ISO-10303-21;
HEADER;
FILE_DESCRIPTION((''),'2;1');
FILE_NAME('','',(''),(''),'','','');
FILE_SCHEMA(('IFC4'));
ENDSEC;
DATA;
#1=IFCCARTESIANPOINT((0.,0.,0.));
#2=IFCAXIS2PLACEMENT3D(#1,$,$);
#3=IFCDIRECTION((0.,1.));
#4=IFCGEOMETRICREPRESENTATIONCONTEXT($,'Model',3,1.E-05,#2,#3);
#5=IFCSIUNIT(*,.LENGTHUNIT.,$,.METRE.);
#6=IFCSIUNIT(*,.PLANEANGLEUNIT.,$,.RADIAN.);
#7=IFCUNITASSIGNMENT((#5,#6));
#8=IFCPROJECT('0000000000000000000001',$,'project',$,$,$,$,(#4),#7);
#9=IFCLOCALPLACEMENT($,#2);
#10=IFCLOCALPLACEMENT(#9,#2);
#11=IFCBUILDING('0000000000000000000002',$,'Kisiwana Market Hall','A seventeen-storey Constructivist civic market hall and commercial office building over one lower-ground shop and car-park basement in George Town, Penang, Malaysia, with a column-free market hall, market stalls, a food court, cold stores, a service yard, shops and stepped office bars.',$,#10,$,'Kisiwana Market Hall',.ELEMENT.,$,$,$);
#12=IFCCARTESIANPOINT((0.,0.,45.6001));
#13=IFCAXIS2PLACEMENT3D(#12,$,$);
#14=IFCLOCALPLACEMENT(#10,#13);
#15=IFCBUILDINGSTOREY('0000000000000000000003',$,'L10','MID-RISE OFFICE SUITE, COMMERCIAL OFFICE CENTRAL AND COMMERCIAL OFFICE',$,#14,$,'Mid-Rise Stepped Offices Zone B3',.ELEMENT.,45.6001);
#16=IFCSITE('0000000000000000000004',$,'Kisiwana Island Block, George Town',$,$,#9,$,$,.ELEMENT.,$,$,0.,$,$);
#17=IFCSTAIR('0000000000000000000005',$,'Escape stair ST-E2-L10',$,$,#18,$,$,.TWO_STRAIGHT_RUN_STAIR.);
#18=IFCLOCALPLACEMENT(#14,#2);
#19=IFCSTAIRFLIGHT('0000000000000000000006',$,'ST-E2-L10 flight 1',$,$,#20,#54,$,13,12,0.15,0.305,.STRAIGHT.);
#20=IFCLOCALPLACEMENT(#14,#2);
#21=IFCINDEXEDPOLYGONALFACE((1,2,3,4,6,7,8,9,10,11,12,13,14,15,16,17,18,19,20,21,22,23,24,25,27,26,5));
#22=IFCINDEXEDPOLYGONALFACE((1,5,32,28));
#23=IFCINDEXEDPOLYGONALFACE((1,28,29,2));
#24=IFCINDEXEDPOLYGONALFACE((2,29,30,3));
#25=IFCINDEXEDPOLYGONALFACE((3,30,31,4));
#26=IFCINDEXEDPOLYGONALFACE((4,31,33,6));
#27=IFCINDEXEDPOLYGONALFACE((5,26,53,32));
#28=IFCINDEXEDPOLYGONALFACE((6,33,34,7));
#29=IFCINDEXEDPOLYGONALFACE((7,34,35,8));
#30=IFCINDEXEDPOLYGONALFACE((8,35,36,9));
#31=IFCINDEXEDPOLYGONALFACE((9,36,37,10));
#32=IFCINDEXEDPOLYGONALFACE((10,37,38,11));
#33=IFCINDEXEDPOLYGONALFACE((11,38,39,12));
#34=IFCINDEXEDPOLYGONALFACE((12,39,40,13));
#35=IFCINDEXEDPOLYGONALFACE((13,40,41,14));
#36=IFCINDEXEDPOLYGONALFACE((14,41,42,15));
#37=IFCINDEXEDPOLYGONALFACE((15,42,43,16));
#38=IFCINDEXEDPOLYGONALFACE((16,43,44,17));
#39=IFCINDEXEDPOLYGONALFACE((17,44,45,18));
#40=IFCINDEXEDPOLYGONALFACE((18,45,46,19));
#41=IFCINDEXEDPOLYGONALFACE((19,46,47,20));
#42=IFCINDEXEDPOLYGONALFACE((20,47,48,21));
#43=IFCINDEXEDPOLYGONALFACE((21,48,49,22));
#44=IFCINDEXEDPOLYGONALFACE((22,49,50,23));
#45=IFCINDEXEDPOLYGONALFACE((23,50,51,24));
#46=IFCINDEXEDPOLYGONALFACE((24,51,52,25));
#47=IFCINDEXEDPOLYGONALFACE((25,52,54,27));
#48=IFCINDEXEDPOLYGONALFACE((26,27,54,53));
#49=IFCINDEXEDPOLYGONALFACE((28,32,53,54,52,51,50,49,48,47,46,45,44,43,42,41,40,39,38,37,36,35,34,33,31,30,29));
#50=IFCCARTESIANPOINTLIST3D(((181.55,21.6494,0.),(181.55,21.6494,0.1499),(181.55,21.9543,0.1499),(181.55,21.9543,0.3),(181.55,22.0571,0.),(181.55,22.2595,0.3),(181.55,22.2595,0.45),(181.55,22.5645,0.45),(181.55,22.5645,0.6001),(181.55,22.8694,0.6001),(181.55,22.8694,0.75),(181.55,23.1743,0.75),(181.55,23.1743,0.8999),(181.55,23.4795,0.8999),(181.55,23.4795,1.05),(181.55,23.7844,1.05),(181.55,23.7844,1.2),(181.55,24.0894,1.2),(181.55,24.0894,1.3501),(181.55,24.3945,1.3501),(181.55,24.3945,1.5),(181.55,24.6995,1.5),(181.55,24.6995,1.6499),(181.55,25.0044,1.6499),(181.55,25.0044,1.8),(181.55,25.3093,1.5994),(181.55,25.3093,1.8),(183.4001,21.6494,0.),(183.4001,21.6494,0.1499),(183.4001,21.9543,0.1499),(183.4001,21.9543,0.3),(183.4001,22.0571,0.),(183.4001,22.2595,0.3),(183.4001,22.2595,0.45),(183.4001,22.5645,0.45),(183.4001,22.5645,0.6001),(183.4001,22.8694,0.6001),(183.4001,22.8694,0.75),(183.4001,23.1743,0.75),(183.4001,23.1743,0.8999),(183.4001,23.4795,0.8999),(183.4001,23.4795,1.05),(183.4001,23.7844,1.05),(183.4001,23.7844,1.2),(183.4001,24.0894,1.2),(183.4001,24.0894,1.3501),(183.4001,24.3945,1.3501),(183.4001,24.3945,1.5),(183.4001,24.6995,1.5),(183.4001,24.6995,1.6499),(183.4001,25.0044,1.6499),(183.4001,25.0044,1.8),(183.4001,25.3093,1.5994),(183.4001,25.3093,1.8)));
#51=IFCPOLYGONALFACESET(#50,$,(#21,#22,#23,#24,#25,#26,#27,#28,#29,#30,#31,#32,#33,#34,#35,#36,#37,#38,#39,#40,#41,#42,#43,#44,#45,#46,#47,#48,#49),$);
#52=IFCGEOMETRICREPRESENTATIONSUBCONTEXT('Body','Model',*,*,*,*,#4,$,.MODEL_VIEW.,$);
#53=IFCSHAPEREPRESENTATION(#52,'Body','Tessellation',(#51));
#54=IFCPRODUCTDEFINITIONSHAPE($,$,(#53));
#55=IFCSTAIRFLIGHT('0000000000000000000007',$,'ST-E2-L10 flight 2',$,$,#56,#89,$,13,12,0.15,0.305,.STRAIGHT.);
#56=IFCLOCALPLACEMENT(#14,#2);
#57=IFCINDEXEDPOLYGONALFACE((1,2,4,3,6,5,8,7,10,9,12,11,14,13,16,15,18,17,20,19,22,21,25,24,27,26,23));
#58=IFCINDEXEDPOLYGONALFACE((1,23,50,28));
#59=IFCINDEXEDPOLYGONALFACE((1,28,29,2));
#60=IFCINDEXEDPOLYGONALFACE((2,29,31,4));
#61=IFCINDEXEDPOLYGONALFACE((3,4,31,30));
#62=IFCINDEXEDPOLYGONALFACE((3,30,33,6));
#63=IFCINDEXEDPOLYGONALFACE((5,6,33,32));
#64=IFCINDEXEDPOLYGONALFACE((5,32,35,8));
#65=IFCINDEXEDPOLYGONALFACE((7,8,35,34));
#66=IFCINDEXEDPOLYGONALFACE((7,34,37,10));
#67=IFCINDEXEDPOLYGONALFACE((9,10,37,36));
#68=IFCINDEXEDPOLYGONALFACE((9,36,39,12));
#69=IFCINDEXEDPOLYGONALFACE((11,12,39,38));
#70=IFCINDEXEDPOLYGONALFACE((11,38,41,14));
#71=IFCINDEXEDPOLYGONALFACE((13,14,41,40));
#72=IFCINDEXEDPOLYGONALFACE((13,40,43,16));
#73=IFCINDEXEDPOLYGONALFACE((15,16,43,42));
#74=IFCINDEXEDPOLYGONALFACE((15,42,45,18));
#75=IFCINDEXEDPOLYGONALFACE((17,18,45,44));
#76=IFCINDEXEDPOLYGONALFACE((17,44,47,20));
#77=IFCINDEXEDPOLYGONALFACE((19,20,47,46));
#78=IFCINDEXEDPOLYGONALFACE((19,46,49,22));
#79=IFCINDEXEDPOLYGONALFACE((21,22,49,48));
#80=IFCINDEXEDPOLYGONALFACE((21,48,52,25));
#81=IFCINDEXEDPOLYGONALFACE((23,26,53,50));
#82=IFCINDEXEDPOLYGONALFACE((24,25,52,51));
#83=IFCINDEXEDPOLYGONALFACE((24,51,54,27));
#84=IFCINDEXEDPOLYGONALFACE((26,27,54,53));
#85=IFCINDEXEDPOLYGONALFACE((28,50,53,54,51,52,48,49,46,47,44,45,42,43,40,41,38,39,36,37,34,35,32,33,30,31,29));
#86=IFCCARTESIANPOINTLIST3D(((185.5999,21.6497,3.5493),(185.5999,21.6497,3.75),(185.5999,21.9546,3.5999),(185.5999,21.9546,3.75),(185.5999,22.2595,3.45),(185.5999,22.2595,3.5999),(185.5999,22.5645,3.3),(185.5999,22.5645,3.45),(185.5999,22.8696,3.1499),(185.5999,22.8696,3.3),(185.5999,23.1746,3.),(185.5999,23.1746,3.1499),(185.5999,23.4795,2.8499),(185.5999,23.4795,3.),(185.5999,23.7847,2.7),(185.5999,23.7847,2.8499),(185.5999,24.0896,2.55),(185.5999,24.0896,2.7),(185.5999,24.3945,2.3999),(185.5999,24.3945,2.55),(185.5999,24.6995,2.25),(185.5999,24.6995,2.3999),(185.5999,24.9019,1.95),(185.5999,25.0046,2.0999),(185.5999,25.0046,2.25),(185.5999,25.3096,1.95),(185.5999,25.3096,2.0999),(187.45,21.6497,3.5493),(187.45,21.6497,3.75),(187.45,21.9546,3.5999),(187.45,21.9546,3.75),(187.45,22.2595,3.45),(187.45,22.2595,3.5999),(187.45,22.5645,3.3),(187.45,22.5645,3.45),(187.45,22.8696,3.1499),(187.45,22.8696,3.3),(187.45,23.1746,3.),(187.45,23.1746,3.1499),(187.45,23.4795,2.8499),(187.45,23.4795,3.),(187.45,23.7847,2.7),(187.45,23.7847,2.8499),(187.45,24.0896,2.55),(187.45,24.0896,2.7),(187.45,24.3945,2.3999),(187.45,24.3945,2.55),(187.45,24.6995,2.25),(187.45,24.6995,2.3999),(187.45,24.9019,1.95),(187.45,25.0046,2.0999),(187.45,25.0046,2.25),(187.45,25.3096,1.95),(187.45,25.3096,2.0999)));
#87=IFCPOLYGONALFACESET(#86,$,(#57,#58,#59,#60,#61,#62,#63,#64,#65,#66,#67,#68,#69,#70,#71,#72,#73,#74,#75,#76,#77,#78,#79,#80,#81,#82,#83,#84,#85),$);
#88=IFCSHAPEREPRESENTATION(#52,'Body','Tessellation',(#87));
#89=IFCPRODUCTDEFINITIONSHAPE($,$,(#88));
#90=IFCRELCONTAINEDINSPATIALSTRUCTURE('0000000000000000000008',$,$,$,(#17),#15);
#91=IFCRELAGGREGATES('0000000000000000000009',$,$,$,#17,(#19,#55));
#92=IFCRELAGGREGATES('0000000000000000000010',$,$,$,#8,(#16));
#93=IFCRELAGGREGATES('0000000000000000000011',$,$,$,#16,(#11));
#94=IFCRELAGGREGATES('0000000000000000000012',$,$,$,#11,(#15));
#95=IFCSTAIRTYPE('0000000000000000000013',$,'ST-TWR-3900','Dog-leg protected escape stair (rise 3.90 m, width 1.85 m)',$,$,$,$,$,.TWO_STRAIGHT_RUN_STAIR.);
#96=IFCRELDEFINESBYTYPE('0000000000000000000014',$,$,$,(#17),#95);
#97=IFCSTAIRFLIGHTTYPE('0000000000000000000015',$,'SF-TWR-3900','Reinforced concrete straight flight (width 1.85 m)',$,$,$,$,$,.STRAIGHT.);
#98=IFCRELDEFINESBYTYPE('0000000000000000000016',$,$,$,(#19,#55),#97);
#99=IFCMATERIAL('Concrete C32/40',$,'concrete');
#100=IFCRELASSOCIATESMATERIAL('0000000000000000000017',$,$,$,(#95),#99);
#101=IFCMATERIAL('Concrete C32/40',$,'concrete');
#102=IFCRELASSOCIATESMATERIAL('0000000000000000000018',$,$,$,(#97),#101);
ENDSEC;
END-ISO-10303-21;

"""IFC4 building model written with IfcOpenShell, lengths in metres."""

from ifc_helpers import new_model, si_unit, direction, frame, origin, place, context, subcontext, project, spatial, polyline, outline, extrude, material, type_object, element, aggregate, save


model = new_model("IFC4")

# Units and contexts
model_context = context("Model", 3, precision=1e-05, world=origin(), true_north=direction((0.0, 1.0)))
body_context = subcontext(model_context, "Body", "Model", "MODEL_VIEW")
ifc_project = project(units=[si_unit("LENGTHUNIT", "METRE"), si_unit("PLANEANGLEUNIT", "RADIAN")], contexts=[model_context])

# Site, building, storey
site_placement = place(None, origin())
site = spatial("IfcSite", under=ifc_project, at=site_placement, Name="Kisiwana Island Block, George Town", CompositionType="ELEMENT", RefElevation=0.0)
building_placement = place(site_placement, origin())
building = spatial("IfcBuilding", under=site, at=building_placement, Name="Kisiwana Market Hall", Description="A seventeen-storey Constructivist civic market hall and commercial office building over one lower-ground shop and car-park basement in George Town, Penang, Malaysia, with a column-free market hall, market stalls, a food court, cold stores, a service yard, shops and stepped office bars.", LongName="Kisiwana Market Hall", CompositionType="ELEMENT")
storey_placement = place(building_placement, frame((0.0, 0.0, 45.6001)))
storey = spatial("IfcBuildingStorey", under=building, at=storey_placement, Name="L10", Description="MID-RISE OFFICE SUITE, COMMERCIAL OFFICE CENTRAL AND COMMERCIAL OFFICE", LongName="Mid-Rise Stepped Offices Zone B3", CompositionType="ELEMENT", Elevation=45.6001)

# Stair, stair flights
ifc_material_1 = material(Name="Concrete C32/40", Category="concrete")
stair_type = type_object("IfcStairType", Name="ST-TWR-3900", Description="Dog-leg protected escape stair (rise 3.90 m, width 1.85 m)", PredefinedType="TWO_STRAIGHT_RUN_STAIR", material=ifc_material_1)
stair_placement = place(storey_placement, origin())
stair = element("IfcStair", 1, at=stair_placement, inside=storey, type_object=stair_type, Name="Escape stair ST-E2-L10", PredefinedType="TWO_STRAIGHT_RUN_STAIR")
ifc_material_2 = material(Name="Concrete C32/40", Category="concrete")
stair_flight_type = type_object("IfcStairFlightType", Name="SF-TWR-3900", Description="Reinforced concrete straight flight (width 1.85 m)", PredefinedType="STRAIGHT", material=ifc_material_2)
stair_flight_1_placement = place(storey_placement, frame((182.4751, 21.6494, 0.0), z_axis=(0.0, 0.0, 1.0), x_axis=(0.0, 1.0, 0.0)))
stair_flight_1 = element("IfcStairFlight", 2, at=stair_flight_1_placement, type_object=stair_flight_type, Name="ST-E2-L10 flight 1", NumberOfRisers=13, NumberOfTreads=12, PredefinedType="STRAIGHT", RiserHeight=0.15, TreadLength=0.305, context=body_context, shape_type="SweptSolid", body=[
    extrude(outline(polyline([(0.0, 0.0), (0.0, 0.1499), (0.3049, 0.1499), (0.3049, 0.3), (0.6101, 0.3), (0.6101, 0.45), (0.915, 0.45), (0.915, 0.6001), (1.22, 0.6001), (1.22, 0.75), (1.5249, 0.75), (1.5249, 0.8999), (1.8301, 0.8999), (1.8301, 1.05), (2.135, 1.05), (2.135, 1.2), (2.4399, 1.2), (2.4399, 1.3501), (2.7451, 1.3501), (2.7451, 1.5), (3.05, 1.5), (3.05, 1.6499), (3.355, 1.6499), (3.355, 1.8), (3.6599, 1.8), (3.6599, 1.95), (3.6599, 1.5994), (0.4077, 0.0), (0.0, 0.0)])), frame((0.0, 0.925, 0.0), z_axis=(0.0, -1.0, 0.0), x_axis=(1.0, 0.0, 0.0)), (0.0, 0.0, 1.0), 1.8501),
])
stair_flight_2_placement = place(storey_placement, frame((186.5249, 25.3096, 1.95), z_axis=(0.0, 0.0, 1.0), x_axis=(0.0, -1.0, 0.0)))
stair_flight_2 = element("IfcStairFlight", 3, at=stair_flight_2_placement, type_object=stair_flight_type, Name="ST-E2-L10 flight 2", NumberOfRisers=13, NumberOfTreads=12, PredefinedType="STRAIGHT", RiserHeight=0.15, TreadLength=0.305, context=body_context, shape_type="SweptSolid", body=[
    extrude(outline(polyline([(0.0, 0.0), (0.0, 0.1499), (0.3049, 0.1499), (0.3049, 0.3), (0.6101, 0.3), (0.6101, 0.45), (0.915, 0.45), (0.915, 0.6001), (1.22, 0.6001), (1.22, 0.75), (1.5249, 0.75), (1.5249, 0.8999), (1.8301, 0.8999), (1.8301, 1.05), (2.135, 1.05), (2.135, 1.2), (2.4399, 1.2), (2.4399, 1.3501), (2.7451, 1.3501), (2.7451, 1.5), (3.05, 1.5), (3.05, 1.6499), (3.355, 1.6499), (3.355, 1.8), (3.6599, 1.8), (3.6599, 1.95), (3.6599, 1.5994), (0.4077, 0.0), (0.0, 0.0)])), frame((0.0, 0.925, 0.0), z_axis=(0.0, -1.0, 0.0), x_axis=(1.0, 0.0, 0.0)), (0.0, 0.0, 1.0), 1.8501),
])
aggregate(stair, [stair_flight_1, stair_flight_2])

save(model, "model.ifc")
